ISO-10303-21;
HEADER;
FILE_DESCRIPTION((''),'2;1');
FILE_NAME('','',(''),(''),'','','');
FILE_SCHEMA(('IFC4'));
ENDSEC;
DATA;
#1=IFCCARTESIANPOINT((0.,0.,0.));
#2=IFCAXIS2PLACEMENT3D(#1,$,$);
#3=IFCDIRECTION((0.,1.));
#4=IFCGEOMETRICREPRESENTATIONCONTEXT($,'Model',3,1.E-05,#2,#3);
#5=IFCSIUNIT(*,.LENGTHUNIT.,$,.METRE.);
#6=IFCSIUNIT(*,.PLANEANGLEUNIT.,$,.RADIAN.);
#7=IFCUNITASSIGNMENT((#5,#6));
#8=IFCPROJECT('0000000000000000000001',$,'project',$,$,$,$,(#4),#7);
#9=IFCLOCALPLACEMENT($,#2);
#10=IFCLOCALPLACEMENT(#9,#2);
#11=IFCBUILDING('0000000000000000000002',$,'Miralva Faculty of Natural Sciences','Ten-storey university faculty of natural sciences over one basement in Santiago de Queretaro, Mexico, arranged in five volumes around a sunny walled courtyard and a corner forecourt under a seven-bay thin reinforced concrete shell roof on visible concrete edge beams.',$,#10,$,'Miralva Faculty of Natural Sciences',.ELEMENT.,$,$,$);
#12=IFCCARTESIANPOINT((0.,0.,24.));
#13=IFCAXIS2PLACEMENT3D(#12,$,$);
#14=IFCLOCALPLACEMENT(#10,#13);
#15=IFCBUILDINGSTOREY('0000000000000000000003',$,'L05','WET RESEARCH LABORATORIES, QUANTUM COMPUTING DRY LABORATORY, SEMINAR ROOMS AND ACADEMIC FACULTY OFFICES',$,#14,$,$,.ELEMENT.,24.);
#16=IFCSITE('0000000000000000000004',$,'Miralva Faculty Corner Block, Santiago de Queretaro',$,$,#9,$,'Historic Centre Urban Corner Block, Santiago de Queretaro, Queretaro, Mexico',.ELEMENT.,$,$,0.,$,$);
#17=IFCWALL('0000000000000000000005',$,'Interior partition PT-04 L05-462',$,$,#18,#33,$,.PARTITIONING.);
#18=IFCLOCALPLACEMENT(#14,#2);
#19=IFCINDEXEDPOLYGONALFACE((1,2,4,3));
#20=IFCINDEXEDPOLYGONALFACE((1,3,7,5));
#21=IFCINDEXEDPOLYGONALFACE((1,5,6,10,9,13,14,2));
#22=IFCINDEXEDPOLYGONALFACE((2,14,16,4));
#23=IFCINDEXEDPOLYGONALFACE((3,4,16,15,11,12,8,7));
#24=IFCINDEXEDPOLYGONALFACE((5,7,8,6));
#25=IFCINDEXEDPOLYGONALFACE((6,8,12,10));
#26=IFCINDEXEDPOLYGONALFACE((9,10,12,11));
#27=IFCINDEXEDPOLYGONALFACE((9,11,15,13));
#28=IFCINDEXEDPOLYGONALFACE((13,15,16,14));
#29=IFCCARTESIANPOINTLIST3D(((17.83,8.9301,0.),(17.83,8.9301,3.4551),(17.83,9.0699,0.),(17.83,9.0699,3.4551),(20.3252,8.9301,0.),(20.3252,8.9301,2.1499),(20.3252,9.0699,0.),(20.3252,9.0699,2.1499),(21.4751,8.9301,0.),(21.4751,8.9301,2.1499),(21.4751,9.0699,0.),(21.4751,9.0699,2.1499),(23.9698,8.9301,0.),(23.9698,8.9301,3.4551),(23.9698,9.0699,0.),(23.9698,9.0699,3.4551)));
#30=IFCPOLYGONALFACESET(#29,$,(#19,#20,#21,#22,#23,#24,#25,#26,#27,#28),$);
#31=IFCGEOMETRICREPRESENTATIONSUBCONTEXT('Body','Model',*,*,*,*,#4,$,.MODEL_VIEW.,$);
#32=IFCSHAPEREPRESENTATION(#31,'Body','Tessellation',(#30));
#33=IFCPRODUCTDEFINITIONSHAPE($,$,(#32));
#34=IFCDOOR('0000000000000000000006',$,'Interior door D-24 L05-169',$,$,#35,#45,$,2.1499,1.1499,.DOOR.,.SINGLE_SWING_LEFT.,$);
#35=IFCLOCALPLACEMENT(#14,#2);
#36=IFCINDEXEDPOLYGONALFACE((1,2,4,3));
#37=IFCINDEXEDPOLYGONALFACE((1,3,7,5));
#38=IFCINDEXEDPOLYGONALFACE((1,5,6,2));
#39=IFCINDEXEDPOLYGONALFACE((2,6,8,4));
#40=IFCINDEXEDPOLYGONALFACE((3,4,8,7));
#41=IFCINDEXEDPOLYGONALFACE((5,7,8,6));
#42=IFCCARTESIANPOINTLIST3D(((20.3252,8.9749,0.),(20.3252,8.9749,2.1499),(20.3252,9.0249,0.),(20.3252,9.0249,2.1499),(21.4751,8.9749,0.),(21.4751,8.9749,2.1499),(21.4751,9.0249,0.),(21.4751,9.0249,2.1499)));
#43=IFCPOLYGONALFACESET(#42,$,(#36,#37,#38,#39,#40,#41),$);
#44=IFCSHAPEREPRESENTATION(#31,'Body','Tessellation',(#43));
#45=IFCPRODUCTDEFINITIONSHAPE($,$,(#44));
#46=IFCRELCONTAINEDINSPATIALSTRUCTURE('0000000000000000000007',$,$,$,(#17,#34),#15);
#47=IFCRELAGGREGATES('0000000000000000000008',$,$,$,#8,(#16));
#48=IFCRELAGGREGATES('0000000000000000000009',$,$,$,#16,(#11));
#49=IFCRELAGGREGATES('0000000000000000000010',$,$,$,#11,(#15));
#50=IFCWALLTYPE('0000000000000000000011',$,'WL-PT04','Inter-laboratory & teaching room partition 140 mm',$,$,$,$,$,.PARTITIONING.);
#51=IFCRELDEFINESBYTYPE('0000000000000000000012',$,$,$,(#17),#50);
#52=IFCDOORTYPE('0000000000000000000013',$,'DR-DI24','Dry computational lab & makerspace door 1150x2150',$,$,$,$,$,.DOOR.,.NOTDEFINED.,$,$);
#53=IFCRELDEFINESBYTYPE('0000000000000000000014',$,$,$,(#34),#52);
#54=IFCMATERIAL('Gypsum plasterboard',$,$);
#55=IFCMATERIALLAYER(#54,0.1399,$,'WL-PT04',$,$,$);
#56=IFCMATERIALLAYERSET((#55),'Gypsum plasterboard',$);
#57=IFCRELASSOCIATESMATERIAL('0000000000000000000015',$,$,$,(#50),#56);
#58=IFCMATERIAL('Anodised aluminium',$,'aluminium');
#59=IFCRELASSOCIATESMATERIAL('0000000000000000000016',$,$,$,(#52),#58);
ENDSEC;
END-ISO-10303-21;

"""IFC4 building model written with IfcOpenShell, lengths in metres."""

from ifc_helpers import new_model, si_unit, direction, frame, frame_2d, origin, place, context, subcontext, project, spatial, rectangle, extrude, material, layer, layer_set, type_object, element, fill, save


model = new_model("IFC4")

# Units and contexts
model_context = context("Model", 3, precision=1e-05, world=origin(), true_north=direction((0.0, 1.0)))
body_context = subcontext(model_context, "Body", "Model", "MODEL_VIEW")
ifc_project = project(units=[si_unit("LENGTHUNIT", "METRE"), si_unit("PLANEANGLEUNIT", "RADIAN")], contexts=[model_context])

# Site, building, storey
site_placement = place(None, origin())
site = spatial("IfcSite", under=ifc_project, at=site_placement, Name="Miralva Faculty Corner Block, Santiago de Queretaro", LongName="Historic Centre Urban Corner Block, Santiago de Queretaro, Queretaro, Mexico", CompositionType="ELEMENT", RefElevation=0.0)
building_placement = place(site_placement, origin())
building = spatial("IfcBuilding", under=site, at=building_placement, Name="Miralva Faculty of Natural Sciences", Description="Ten-storey university faculty of natural sciences over one basement in Santiago de Queretaro, Mexico, arranged in five volumes around a sunny walled courtyard and a corner forecourt under a seven-bay thin reinforced concrete shell roof on visible concrete edge beams.", LongName="Miralva Faculty of Natural Sciences", CompositionType="ELEMENT")
storey_placement = place(building_placement, frame((0.0, 0.0, 24.0)))
storey = spatial("IfcBuildingStorey", under=building, at=storey_placement, Name="L05", Description="WET RESEARCH LABORATORIES, QUANTUM COMPUTING DRY LABORATORY, SEMINAR ROOMS AND ACADEMIC FACULTY OFFICES", CompositionType="ELEMENT", Elevation=24.0)

# Shared definitions
ifc_material_1 = material(Name="Anodised aluminium", Category="aluminium")

# Shared definitions
ifc_material_2 = material(Name="Gypsum plasterboard")

# Wall, opening, door
ifc_layer_1 = layer(ifc_material_2, 0.1399, Name="WL-PT04")
ifc_layer_set_1 = layer_set([ifc_layer_1], Name="Gypsum plasterboard")
wall_type_1 = type_object("IfcWallType", Name="WL-PT04", Description="Inter-laboratory & teaching room partition 140 mm", PredefinedType="PARTITIONING", material=ifc_layer_set_1)
wall_1_placement = place(storey_placement, frame((17.8301, 9.0, 0.0), z_axis=(0.0, 0.0, 1.0), x_axis=(1.0, 0.0, 0.0)))
wall_1 = element("IfcWall", 1, at=wall_1_placement, inside=storey, type_object=wall_type_1, Name="Interior partition PT-04 L05-462", PredefinedType="PARTITIONING", context=body_context, shape_type="SweptSolid", body=[
    extrude(rectangle(XDim=6.1399, YDim=0.1399, at=frame_2d((3.0698, 0.0))), origin(), (0.0, 0.0, 1.0), 3.4551),
])
opening_1_placement = place(wall_1_placement, frame((2.4951, 0.0, 0.0)))
opening_1 = element("IfcOpeningElement", 2, at=opening_1_placement, cuts=wall_1, PredefinedType="OPENING", context=body_context, shape_type="SweptSolid", body=[
    extrude(rectangle(XDim=1.1499, YDim=2.1499, at=frame_2d((0.575, 1.075))), frame((0.0, 0.0798, 0.0), z_axis=(0.0, -1.0, 0.0), x_axis=(1.0, 0.0, 0.0)), (0.0, 0.0, 1.0), 0.1599),
])
door_type_1 = type_object("IfcDoorType", Name="DR-DI24", Description="Dry computational lab & makerspace door 1150x2150", OperationType="NOTDEFINED", PredefinedType="DOOR", material=ifc_material_1)
door_1_placement = place(opening_1_placement, origin())
door_1 = element("IfcDoor", 3, at=door_1_placement, inside=storey, type_object=door_type_1, Name="Interior door D-24 L05-169", OperationType="SINGLE_SWING_LEFT", OverallHeight=2.1499, OverallWidth=1.1499, PredefinedType="DOOR", context=body_context, shape_type="SweptSolid", body=[
    extrude(rectangle(XDim=1.1499, YDim=2.1499, at=frame_2d((0.575, 1.075))), frame((0.0, 0.0249, 0.0), z_axis=(0.0, -1.0, 0.0), x_axis=(1.0, 0.0, 0.0)), (0.0, 0.0, 1.0), 0.05),
])
fill(opening_1, door_1)

save(model, "model.ifc")
